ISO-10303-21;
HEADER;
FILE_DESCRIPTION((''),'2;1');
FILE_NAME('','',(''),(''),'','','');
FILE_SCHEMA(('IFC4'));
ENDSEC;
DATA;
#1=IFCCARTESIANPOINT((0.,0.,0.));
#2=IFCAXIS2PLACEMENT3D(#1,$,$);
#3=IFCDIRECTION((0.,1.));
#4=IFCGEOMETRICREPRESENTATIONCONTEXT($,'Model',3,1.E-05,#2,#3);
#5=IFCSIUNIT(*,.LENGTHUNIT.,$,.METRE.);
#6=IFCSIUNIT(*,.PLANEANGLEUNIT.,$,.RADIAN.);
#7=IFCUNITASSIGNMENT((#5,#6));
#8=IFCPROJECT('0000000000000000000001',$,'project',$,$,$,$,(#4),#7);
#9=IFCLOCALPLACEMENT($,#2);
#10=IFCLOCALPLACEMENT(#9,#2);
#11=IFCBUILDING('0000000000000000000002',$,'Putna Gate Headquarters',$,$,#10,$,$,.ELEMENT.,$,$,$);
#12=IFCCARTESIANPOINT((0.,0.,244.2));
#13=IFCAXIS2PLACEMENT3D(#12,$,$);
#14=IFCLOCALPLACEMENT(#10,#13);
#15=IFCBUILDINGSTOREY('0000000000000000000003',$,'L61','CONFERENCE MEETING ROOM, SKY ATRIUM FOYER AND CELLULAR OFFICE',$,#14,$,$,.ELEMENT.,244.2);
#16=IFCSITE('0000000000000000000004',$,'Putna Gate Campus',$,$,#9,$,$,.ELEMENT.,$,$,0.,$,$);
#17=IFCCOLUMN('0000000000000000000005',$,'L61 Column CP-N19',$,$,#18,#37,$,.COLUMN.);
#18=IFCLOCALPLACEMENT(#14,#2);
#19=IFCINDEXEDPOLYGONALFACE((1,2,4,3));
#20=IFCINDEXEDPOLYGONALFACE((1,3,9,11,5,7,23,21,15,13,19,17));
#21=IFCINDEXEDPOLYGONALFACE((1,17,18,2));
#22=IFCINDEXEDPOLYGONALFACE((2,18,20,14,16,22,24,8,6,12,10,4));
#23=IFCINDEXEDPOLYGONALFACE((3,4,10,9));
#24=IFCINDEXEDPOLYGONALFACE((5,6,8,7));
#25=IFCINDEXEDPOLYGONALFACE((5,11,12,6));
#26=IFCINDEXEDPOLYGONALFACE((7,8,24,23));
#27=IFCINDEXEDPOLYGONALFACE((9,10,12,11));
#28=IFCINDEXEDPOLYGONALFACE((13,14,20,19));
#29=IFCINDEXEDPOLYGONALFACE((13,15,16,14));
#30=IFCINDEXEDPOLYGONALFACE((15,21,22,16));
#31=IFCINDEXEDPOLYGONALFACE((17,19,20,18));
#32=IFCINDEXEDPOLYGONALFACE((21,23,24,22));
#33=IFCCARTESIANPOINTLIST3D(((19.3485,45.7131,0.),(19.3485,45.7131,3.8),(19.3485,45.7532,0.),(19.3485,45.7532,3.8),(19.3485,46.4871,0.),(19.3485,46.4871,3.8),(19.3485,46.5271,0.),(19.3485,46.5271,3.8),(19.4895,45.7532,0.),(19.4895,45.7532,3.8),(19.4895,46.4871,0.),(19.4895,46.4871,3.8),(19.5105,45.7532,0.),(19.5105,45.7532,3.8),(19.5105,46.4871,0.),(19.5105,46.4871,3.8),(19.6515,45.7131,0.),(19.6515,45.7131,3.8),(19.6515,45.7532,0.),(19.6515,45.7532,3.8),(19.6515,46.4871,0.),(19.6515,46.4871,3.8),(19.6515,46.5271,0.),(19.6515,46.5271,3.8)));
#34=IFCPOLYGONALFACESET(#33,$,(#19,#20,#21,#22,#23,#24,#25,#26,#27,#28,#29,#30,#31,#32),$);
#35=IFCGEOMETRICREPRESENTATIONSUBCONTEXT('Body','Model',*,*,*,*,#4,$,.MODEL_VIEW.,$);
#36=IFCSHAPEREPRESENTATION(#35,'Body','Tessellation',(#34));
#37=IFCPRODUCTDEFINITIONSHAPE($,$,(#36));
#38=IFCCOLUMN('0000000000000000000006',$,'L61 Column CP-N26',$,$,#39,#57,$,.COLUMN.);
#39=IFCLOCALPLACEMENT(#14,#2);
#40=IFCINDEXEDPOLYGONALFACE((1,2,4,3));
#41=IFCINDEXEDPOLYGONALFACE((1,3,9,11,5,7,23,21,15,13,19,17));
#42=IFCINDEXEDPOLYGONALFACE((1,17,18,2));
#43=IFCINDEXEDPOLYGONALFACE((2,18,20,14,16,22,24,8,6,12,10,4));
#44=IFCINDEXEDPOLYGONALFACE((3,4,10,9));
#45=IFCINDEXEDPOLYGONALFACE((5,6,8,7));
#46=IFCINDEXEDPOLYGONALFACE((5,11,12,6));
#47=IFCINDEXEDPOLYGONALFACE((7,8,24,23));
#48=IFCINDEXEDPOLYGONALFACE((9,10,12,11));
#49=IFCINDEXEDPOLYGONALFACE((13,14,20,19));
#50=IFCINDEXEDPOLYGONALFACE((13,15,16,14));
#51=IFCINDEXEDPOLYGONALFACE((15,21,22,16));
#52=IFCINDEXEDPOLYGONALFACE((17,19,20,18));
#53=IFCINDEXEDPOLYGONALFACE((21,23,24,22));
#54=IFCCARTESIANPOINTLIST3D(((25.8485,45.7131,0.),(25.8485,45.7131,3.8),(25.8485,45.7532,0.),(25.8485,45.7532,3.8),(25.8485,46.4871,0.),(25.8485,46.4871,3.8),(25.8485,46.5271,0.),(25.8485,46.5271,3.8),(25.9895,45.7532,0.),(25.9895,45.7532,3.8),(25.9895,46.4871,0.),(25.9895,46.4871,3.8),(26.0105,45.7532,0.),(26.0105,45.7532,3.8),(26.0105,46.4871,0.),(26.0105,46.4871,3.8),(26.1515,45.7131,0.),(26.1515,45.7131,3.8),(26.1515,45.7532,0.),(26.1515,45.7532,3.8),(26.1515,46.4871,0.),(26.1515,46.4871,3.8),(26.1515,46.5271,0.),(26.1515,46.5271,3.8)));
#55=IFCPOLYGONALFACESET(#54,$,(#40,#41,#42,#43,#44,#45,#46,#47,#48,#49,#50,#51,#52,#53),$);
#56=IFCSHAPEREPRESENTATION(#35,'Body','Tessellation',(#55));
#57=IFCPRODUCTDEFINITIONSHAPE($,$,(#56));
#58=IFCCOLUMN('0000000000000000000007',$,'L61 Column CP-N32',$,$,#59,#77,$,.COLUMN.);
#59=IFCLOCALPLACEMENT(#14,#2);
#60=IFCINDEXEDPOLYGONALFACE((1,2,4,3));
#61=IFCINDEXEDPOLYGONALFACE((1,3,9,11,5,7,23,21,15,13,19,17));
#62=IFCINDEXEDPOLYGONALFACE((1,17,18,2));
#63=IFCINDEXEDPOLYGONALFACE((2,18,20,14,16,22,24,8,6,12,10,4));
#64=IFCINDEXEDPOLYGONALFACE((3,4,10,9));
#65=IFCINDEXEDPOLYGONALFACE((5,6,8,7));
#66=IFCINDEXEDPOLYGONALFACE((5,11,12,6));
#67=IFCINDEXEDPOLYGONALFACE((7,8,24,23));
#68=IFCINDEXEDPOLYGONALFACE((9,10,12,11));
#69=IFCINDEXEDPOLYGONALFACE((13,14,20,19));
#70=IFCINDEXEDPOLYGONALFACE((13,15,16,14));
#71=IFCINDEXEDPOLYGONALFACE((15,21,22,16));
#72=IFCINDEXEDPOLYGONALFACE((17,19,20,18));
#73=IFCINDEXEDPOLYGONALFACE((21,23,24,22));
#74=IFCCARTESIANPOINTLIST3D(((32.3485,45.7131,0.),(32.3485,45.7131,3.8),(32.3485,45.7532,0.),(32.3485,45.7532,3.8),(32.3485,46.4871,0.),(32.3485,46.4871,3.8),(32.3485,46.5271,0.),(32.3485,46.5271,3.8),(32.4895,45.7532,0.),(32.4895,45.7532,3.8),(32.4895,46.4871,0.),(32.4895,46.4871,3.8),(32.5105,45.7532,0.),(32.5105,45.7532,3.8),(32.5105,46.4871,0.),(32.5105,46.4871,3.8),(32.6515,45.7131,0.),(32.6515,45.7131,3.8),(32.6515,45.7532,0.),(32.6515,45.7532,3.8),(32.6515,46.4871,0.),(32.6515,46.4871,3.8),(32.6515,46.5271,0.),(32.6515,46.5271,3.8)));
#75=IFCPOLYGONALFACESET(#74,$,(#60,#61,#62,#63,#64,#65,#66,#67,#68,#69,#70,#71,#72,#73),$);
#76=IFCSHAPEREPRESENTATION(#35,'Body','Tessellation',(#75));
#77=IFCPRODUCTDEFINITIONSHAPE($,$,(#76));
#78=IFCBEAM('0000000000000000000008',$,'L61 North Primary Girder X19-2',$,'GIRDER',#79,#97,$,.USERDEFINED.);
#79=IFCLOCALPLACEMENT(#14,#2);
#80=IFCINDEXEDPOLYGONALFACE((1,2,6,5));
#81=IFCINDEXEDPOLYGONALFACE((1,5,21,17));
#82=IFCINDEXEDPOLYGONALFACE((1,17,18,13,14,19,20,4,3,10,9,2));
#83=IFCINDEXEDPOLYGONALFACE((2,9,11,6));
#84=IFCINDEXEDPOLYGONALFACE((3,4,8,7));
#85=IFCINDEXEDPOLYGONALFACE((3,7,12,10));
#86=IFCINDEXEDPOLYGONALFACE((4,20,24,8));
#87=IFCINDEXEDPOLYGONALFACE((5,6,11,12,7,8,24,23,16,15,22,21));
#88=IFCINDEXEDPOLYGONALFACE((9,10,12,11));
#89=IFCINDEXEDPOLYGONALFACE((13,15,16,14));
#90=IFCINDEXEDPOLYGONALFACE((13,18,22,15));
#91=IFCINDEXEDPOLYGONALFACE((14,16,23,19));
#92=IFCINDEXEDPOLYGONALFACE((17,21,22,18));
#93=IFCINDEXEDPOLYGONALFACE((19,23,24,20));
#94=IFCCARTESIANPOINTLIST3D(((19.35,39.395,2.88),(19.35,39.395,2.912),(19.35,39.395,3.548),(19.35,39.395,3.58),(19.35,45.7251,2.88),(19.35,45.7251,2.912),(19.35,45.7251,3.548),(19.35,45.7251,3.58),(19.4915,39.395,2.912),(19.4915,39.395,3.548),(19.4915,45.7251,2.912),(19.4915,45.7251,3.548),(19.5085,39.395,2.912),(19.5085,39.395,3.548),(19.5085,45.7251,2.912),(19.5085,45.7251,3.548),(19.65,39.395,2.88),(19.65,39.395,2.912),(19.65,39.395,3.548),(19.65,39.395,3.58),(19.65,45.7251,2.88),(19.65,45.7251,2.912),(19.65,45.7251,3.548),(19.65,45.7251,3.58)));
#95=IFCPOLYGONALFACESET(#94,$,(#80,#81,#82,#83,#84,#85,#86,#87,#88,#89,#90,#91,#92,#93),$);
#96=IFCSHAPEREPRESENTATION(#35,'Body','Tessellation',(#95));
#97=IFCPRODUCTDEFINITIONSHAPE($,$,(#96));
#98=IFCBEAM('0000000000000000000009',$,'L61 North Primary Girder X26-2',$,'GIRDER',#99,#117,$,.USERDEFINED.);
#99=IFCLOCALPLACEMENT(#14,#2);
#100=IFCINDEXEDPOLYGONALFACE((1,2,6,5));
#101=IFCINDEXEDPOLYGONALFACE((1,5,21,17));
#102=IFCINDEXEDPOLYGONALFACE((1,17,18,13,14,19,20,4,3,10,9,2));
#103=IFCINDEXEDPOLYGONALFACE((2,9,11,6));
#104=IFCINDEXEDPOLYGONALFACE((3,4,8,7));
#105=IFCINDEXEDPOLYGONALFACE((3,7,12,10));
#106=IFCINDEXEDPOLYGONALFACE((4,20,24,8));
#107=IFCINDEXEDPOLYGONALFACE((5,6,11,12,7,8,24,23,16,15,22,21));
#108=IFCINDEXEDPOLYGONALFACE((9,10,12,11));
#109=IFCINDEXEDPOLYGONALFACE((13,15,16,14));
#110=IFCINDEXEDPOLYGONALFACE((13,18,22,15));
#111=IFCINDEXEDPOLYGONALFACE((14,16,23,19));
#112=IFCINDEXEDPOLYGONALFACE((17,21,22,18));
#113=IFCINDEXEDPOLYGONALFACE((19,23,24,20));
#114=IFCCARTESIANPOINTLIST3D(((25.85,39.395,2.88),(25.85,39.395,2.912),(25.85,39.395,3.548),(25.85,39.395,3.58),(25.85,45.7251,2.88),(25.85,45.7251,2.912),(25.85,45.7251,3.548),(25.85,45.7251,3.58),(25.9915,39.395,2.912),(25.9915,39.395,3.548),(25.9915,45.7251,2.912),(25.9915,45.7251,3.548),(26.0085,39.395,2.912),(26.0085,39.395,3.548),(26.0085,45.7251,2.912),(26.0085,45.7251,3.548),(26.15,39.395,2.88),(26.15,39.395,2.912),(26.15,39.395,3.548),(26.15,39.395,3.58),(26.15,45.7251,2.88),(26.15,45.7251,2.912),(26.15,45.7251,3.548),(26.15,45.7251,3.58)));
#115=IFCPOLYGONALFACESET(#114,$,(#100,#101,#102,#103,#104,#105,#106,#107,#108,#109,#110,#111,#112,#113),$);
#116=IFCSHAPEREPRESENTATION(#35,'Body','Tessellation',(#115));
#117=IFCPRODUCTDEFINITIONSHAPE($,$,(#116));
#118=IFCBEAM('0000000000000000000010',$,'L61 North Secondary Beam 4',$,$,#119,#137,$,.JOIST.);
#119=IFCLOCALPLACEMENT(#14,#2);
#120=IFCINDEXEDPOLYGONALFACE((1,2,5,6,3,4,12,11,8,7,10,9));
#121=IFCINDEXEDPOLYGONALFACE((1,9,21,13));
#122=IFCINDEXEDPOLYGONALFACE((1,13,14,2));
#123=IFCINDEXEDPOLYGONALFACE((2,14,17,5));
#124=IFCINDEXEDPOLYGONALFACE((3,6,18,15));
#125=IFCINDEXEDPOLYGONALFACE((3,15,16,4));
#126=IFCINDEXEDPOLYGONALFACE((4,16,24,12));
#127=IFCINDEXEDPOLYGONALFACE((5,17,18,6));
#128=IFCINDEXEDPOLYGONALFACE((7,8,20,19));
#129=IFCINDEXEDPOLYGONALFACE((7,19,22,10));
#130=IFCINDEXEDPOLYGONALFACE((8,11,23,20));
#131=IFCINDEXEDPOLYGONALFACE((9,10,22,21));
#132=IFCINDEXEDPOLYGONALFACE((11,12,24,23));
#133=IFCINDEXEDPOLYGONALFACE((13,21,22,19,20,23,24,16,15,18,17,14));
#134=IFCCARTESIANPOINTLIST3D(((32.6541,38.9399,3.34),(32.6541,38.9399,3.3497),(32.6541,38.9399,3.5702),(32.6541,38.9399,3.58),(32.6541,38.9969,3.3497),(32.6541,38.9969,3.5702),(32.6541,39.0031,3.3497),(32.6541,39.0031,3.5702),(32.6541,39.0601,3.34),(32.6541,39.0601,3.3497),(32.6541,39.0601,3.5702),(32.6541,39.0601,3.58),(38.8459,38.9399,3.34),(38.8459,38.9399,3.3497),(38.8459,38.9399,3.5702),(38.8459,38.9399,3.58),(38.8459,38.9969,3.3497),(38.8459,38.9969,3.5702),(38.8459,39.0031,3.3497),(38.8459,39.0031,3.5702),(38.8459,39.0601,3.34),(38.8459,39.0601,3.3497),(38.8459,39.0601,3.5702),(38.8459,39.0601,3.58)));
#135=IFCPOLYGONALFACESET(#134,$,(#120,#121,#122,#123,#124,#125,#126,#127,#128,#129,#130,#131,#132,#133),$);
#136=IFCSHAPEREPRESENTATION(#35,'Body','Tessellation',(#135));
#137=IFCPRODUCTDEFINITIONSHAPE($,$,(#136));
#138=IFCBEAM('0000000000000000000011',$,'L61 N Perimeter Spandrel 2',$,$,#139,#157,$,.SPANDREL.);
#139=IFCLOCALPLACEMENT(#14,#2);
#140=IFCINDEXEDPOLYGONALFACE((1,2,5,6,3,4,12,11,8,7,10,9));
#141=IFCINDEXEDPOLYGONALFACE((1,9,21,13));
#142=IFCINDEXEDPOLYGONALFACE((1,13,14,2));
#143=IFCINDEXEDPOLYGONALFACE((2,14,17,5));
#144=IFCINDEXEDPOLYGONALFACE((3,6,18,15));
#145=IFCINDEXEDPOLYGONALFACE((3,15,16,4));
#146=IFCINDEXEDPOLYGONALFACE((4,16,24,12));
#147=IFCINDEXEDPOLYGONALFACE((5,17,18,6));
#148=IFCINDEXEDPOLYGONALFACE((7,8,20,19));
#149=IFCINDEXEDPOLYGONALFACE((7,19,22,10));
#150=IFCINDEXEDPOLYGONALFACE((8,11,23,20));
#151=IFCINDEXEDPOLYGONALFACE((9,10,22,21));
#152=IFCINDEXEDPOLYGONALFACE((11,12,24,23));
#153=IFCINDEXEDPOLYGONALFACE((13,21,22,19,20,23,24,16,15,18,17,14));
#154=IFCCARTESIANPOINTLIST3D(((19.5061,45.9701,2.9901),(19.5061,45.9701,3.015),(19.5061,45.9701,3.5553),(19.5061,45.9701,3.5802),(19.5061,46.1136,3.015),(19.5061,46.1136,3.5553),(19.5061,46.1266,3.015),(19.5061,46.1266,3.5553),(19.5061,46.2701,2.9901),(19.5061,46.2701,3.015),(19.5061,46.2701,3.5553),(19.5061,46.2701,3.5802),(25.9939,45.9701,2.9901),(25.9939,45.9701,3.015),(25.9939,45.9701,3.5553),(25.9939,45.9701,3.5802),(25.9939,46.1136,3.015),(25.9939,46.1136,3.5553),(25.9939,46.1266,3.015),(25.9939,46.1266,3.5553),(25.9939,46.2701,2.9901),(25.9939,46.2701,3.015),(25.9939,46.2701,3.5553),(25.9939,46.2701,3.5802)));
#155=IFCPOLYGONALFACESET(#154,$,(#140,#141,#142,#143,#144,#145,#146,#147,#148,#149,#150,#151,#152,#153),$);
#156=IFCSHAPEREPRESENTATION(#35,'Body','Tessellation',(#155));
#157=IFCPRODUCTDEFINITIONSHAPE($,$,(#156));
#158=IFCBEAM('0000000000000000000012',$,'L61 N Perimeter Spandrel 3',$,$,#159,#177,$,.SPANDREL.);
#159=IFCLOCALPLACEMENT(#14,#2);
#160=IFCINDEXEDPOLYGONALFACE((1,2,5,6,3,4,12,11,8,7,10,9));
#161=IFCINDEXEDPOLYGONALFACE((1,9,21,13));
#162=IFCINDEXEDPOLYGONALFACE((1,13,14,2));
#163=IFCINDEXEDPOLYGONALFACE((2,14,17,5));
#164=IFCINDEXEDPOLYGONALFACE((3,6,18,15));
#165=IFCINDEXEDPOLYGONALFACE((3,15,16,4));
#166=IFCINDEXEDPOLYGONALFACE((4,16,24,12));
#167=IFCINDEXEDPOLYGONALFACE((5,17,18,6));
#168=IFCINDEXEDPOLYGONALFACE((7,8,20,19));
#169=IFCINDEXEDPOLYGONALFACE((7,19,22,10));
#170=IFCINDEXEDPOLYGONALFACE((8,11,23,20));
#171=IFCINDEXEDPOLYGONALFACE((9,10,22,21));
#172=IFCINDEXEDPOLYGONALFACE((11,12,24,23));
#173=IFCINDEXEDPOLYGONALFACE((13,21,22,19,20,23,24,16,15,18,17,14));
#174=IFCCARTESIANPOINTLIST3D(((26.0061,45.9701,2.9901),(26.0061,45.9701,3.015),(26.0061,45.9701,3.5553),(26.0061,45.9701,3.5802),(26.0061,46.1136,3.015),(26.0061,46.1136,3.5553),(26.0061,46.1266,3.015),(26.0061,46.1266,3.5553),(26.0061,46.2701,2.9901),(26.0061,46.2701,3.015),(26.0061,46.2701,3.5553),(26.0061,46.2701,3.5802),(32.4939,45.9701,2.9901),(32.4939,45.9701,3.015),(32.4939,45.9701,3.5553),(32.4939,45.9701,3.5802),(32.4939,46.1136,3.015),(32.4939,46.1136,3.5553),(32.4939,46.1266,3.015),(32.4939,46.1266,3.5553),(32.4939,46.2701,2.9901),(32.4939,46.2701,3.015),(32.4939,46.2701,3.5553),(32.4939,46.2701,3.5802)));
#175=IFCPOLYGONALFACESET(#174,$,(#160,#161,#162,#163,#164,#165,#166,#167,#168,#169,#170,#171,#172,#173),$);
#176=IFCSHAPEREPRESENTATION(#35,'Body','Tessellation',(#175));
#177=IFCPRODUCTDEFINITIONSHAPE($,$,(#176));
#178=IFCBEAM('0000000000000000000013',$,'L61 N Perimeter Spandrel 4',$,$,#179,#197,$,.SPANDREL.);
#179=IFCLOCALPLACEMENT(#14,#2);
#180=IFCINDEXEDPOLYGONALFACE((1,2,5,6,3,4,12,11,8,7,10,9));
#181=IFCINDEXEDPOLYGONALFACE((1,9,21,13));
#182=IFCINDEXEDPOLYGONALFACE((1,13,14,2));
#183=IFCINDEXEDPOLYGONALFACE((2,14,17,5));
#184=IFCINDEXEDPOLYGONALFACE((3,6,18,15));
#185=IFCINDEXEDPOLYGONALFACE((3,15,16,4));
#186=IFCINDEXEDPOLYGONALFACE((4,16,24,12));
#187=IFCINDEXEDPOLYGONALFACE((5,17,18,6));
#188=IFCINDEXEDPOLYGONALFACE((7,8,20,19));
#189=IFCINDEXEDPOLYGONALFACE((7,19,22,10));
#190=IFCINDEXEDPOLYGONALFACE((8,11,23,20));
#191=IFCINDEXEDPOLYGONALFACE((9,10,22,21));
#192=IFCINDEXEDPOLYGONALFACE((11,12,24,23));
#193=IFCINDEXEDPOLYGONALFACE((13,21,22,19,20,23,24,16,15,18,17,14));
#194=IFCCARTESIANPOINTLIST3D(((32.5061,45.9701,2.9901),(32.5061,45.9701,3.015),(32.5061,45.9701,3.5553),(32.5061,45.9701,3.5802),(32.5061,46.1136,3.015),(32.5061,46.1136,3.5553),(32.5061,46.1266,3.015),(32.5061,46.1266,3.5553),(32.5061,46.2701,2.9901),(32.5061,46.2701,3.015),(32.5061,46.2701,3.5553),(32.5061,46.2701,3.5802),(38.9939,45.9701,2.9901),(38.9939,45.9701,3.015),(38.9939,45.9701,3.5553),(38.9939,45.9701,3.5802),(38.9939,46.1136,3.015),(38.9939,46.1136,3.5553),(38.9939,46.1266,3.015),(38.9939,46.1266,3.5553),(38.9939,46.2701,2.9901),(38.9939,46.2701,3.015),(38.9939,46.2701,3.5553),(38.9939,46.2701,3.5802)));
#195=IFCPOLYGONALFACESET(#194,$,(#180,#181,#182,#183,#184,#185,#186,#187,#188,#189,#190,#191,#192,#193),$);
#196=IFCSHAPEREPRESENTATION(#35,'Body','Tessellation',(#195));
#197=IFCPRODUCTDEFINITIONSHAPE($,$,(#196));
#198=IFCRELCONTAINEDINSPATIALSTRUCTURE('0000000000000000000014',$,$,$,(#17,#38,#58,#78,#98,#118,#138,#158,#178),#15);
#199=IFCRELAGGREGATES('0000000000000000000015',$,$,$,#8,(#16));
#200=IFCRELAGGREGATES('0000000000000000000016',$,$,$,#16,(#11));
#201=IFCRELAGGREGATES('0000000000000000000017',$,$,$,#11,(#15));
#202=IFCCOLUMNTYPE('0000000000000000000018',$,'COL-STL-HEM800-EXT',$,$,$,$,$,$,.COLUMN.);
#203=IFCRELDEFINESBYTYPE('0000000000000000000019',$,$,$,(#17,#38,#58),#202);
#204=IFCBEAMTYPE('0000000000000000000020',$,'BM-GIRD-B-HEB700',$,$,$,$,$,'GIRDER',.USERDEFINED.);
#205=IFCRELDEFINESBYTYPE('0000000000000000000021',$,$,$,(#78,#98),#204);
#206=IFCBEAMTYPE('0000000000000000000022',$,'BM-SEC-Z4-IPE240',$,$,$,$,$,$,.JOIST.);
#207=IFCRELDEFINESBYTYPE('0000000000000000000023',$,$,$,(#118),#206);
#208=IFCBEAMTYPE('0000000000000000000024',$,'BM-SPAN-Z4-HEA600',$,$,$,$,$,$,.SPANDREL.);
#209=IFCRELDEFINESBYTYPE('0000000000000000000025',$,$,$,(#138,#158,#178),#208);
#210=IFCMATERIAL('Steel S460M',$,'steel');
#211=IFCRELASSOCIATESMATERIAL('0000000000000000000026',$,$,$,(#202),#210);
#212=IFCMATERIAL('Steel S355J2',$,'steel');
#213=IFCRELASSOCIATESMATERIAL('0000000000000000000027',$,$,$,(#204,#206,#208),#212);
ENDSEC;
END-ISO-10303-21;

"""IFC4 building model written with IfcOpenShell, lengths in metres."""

from ifc_helpers import new_model, si_unit, direction, frame, origin, origin_2d, place, context, subcontext, project, spatial, i_section, extrude, material, material_profile, profile_set, type_object, element, save


model = new_model("IFC4")

# Units and contexts
model_context = context("Model", 3, precision=1e-05, world=origin(), true_north=direction((0.0, 1.0)))
body_context = subcontext(model_context, "Body", "Model", "MODEL_VIEW")
ifc_project = project(units=[si_unit("LENGTHUNIT", "METRE"), si_unit("PLANEANGLEUNIT", "RADIAN")], contexts=[model_context])

# Site, building, storey
site_placement = place(None, origin())
site = spatial("IfcSite", under=ifc_project, at=site_placement, Name="Putna Gate Campus", CompositionType="ELEMENT", RefElevation=0.0)
building_placement = place(site_placement, origin())
building = spatial("IfcBuilding", under=site, at=building_placement, Name="Putna Gate Headquarters", CompositionType="ELEMENT")
storey_placement = place(building_placement, frame((0.0, 0.0, 244.2)))
storey = spatial("IfcBuildingStorey", under=building, at=storey_placement, Name="L61", Description="CONFERENCE MEETING ROOM, SKY ATRIUM FOYER AND CELLULAR OFFICE", CompositionType="ELEMENT", Elevation=244.2)

# Columns
ifc_material_1 = material(Name="Steel S460M", Category="steel")
ifc_material_profile_1 = material_profile(ifc_material_1, i_section(OverallWidth=0.303, OverallDepth=0.814, WebThickness=0.021, FlangeThickness=0.04, at=origin_2d()), Name="Steel S460M")
ifc_profile_set_1 = profile_set([ifc_material_profile_1], Name="Steel S460M")
column_type = type_object("IfcColumnType", Name="COL-STL-HEM800-EXT", PredefinedType="COLUMN", material=ifc_profile_set_1)
for number, where, z_axis, x_axis, name in (
    (1, (19.5, 46.1201, 0.0), (0.0, 0.0, 1.0), (1.0, 0.0, 0.0), "L61 Column CP-N19"),
    (2, (26.0, 46.1201, 0.0), (0.0, 0.0, 1.0), (1.0, 0.0, 0.0), "L61 Column CP-N26"),
    (3, (32.5, 46.1201, 0.0), (0.0, 0.0, 1.0), (1.0, 0.0, 0.0), "L61 Column CP-N32"),
):
    element("IfcColumn", number, at=place(storey_placement, frame(where, z_axis=z_axis, x_axis=x_axis)), inside=storey, type_object=column_type, Name=name, PredefinedType="COLUMN", context=body_context, shape_type="SweptSolid", body=[
        extrude(i_section(OverallWidth=0.303, OverallDepth=0.814, WebThickness=0.021, FlangeThickness=0.04, at=origin_2d()), origin(), (0.0, 0.0, 1.0), 3.8),
    ])

# Beams
ifc_material_2 = material(Name="Steel S355J2", Category="steel")
ifc_material_profile_2 = material_profile(ifc_material_2, i_section(OverallWidth=0.3, OverallDepth=0.7, WebThickness=0.0171, FlangeThickness=0.032, at=origin_2d()), Name="Steel S355J2")
ifc_profile_set_2 = profile_set([ifc_material_profile_2], Name="Steel S355J2")
beam_type_1 = type_object("IfcBeamType", Name="BM-GIRD-B-HEB700", ElementType="GIRDER", PredefinedType="USERDEFINED", material=ifc_profile_set_2)
for number, where, z_axis, x_axis, name in (
    (4, (19.5, 39.395, 3.23), (0.0, 1.0, 0.0), (-1.0, 0.0, 0.0), "L61 North Primary Girder X19-2"),
    (5, (26.0, 39.395, 3.23), (0.0, 1.0, 0.0), (-1.0, 0.0, 0.0), "L61 North Primary Girder X26-2"),
):
    element("IfcBeam", number, at=place(storey_placement, frame(where, z_axis=z_axis, x_axis=x_axis)), inside=storey, type_object=beam_type_1, Name=name, ObjectType="GIRDER", PredefinedType="USERDEFINED", context=body_context, shape_type="SweptSolid", body=[
        extrude(i_section(OverallWidth=0.3, OverallDepth=0.7, WebThickness=0.0171, FlangeThickness=0.032, at=origin_2d()), origin(), (0.0, 0.0, 1.0), 6.3301),
    ])
ifc_material_profile_3 = material_profile(ifc_material_2, i_section(OverallWidth=0.1201, OverallDepth=0.24, WebThickness=0.0061, FlangeThickness=0.0098, at=origin_2d()), Name="Steel S355J2")
ifc_profile_set_3 = profile_set([ifc_material_profile_3], Name="Steel S355J2")
beam_type_2 = type_object("IfcBeamType", Name="BM-SEC-Z4-IPE240", PredefinedType="JOIST", material=ifc_profile_set_3)
beam_placement = place(storey_placement, frame((32.6541, 39.0, 3.46), z_axis=(1.0, 0.0, 0.0), x_axis=(0.0, 1.0, 0.0)))
element("IfcBeam", 6, at=beam_placement, inside=storey, type_object=beam_type_2, Name="L61 North Secondary Beam 4", PredefinedType="JOIST", context=body_context, shape_type="SweptSolid", body=[
    extrude(i_section(OverallWidth=0.1201, OverallDepth=0.24, WebThickness=0.0061, FlangeThickness=0.0098, at=origin_2d()), origin(), (0.0, 0.0, 1.0), 6.1919),
])
ifc_material_profile_4 = material_profile(ifc_material_2, i_section(OverallWidth=0.3, OverallDepth=0.5901, WebThickness=0.0129, FlangeThickness=0.0249, at=origin_2d()), Name="Steel S355J2")
ifc_profile_set_4 = profile_set([ifc_material_profile_4], Name="Steel S355J2")
beam_type_3 = type_object("IfcBeamType", Name="BM-SPAN-Z4-HEA600", PredefinedType="SPANDREL", material=ifc_profile_set_4)
for number, where, z_axis, x_axis, name in (
    (7, (19.5061, 46.1201, 3.2852), (1.0, 0.0, 0.0), (0.0, 1.0, 0.0), "L61 N Perimeter Spandrel 2"),
    (8, (26.0061, 46.1201, 3.2852), (1.0, 0.0, 0.0), (0.0, 1.0, 0.0), "L61 N Perimeter Spandrel 3"),
    (9, (32.5061, 46.1201, 3.2852), (1.0, 0.0, 0.0), (0.0, 1.0, 0.0), "L61 N Perimeter Spandrel 4"),
):
    element("IfcBeam", number, at=place(storey_placement, frame(where, z_axis=z_axis, x_axis=x_axis)), inside=storey, type_object=beam_type_3, Name=name, PredefinedType="SPANDREL", context=body_context, shape_type="SweptSolid", body=[
        extrude(i_section(OverallWidth=0.3, OverallDepth=0.5901, WebThickness=0.0129, FlangeThickness=0.0249, at=origin_2d()), origin(), (0.0, 0.0, 1.0), 6.4878),
    ])

save(model, "model.ifc")
